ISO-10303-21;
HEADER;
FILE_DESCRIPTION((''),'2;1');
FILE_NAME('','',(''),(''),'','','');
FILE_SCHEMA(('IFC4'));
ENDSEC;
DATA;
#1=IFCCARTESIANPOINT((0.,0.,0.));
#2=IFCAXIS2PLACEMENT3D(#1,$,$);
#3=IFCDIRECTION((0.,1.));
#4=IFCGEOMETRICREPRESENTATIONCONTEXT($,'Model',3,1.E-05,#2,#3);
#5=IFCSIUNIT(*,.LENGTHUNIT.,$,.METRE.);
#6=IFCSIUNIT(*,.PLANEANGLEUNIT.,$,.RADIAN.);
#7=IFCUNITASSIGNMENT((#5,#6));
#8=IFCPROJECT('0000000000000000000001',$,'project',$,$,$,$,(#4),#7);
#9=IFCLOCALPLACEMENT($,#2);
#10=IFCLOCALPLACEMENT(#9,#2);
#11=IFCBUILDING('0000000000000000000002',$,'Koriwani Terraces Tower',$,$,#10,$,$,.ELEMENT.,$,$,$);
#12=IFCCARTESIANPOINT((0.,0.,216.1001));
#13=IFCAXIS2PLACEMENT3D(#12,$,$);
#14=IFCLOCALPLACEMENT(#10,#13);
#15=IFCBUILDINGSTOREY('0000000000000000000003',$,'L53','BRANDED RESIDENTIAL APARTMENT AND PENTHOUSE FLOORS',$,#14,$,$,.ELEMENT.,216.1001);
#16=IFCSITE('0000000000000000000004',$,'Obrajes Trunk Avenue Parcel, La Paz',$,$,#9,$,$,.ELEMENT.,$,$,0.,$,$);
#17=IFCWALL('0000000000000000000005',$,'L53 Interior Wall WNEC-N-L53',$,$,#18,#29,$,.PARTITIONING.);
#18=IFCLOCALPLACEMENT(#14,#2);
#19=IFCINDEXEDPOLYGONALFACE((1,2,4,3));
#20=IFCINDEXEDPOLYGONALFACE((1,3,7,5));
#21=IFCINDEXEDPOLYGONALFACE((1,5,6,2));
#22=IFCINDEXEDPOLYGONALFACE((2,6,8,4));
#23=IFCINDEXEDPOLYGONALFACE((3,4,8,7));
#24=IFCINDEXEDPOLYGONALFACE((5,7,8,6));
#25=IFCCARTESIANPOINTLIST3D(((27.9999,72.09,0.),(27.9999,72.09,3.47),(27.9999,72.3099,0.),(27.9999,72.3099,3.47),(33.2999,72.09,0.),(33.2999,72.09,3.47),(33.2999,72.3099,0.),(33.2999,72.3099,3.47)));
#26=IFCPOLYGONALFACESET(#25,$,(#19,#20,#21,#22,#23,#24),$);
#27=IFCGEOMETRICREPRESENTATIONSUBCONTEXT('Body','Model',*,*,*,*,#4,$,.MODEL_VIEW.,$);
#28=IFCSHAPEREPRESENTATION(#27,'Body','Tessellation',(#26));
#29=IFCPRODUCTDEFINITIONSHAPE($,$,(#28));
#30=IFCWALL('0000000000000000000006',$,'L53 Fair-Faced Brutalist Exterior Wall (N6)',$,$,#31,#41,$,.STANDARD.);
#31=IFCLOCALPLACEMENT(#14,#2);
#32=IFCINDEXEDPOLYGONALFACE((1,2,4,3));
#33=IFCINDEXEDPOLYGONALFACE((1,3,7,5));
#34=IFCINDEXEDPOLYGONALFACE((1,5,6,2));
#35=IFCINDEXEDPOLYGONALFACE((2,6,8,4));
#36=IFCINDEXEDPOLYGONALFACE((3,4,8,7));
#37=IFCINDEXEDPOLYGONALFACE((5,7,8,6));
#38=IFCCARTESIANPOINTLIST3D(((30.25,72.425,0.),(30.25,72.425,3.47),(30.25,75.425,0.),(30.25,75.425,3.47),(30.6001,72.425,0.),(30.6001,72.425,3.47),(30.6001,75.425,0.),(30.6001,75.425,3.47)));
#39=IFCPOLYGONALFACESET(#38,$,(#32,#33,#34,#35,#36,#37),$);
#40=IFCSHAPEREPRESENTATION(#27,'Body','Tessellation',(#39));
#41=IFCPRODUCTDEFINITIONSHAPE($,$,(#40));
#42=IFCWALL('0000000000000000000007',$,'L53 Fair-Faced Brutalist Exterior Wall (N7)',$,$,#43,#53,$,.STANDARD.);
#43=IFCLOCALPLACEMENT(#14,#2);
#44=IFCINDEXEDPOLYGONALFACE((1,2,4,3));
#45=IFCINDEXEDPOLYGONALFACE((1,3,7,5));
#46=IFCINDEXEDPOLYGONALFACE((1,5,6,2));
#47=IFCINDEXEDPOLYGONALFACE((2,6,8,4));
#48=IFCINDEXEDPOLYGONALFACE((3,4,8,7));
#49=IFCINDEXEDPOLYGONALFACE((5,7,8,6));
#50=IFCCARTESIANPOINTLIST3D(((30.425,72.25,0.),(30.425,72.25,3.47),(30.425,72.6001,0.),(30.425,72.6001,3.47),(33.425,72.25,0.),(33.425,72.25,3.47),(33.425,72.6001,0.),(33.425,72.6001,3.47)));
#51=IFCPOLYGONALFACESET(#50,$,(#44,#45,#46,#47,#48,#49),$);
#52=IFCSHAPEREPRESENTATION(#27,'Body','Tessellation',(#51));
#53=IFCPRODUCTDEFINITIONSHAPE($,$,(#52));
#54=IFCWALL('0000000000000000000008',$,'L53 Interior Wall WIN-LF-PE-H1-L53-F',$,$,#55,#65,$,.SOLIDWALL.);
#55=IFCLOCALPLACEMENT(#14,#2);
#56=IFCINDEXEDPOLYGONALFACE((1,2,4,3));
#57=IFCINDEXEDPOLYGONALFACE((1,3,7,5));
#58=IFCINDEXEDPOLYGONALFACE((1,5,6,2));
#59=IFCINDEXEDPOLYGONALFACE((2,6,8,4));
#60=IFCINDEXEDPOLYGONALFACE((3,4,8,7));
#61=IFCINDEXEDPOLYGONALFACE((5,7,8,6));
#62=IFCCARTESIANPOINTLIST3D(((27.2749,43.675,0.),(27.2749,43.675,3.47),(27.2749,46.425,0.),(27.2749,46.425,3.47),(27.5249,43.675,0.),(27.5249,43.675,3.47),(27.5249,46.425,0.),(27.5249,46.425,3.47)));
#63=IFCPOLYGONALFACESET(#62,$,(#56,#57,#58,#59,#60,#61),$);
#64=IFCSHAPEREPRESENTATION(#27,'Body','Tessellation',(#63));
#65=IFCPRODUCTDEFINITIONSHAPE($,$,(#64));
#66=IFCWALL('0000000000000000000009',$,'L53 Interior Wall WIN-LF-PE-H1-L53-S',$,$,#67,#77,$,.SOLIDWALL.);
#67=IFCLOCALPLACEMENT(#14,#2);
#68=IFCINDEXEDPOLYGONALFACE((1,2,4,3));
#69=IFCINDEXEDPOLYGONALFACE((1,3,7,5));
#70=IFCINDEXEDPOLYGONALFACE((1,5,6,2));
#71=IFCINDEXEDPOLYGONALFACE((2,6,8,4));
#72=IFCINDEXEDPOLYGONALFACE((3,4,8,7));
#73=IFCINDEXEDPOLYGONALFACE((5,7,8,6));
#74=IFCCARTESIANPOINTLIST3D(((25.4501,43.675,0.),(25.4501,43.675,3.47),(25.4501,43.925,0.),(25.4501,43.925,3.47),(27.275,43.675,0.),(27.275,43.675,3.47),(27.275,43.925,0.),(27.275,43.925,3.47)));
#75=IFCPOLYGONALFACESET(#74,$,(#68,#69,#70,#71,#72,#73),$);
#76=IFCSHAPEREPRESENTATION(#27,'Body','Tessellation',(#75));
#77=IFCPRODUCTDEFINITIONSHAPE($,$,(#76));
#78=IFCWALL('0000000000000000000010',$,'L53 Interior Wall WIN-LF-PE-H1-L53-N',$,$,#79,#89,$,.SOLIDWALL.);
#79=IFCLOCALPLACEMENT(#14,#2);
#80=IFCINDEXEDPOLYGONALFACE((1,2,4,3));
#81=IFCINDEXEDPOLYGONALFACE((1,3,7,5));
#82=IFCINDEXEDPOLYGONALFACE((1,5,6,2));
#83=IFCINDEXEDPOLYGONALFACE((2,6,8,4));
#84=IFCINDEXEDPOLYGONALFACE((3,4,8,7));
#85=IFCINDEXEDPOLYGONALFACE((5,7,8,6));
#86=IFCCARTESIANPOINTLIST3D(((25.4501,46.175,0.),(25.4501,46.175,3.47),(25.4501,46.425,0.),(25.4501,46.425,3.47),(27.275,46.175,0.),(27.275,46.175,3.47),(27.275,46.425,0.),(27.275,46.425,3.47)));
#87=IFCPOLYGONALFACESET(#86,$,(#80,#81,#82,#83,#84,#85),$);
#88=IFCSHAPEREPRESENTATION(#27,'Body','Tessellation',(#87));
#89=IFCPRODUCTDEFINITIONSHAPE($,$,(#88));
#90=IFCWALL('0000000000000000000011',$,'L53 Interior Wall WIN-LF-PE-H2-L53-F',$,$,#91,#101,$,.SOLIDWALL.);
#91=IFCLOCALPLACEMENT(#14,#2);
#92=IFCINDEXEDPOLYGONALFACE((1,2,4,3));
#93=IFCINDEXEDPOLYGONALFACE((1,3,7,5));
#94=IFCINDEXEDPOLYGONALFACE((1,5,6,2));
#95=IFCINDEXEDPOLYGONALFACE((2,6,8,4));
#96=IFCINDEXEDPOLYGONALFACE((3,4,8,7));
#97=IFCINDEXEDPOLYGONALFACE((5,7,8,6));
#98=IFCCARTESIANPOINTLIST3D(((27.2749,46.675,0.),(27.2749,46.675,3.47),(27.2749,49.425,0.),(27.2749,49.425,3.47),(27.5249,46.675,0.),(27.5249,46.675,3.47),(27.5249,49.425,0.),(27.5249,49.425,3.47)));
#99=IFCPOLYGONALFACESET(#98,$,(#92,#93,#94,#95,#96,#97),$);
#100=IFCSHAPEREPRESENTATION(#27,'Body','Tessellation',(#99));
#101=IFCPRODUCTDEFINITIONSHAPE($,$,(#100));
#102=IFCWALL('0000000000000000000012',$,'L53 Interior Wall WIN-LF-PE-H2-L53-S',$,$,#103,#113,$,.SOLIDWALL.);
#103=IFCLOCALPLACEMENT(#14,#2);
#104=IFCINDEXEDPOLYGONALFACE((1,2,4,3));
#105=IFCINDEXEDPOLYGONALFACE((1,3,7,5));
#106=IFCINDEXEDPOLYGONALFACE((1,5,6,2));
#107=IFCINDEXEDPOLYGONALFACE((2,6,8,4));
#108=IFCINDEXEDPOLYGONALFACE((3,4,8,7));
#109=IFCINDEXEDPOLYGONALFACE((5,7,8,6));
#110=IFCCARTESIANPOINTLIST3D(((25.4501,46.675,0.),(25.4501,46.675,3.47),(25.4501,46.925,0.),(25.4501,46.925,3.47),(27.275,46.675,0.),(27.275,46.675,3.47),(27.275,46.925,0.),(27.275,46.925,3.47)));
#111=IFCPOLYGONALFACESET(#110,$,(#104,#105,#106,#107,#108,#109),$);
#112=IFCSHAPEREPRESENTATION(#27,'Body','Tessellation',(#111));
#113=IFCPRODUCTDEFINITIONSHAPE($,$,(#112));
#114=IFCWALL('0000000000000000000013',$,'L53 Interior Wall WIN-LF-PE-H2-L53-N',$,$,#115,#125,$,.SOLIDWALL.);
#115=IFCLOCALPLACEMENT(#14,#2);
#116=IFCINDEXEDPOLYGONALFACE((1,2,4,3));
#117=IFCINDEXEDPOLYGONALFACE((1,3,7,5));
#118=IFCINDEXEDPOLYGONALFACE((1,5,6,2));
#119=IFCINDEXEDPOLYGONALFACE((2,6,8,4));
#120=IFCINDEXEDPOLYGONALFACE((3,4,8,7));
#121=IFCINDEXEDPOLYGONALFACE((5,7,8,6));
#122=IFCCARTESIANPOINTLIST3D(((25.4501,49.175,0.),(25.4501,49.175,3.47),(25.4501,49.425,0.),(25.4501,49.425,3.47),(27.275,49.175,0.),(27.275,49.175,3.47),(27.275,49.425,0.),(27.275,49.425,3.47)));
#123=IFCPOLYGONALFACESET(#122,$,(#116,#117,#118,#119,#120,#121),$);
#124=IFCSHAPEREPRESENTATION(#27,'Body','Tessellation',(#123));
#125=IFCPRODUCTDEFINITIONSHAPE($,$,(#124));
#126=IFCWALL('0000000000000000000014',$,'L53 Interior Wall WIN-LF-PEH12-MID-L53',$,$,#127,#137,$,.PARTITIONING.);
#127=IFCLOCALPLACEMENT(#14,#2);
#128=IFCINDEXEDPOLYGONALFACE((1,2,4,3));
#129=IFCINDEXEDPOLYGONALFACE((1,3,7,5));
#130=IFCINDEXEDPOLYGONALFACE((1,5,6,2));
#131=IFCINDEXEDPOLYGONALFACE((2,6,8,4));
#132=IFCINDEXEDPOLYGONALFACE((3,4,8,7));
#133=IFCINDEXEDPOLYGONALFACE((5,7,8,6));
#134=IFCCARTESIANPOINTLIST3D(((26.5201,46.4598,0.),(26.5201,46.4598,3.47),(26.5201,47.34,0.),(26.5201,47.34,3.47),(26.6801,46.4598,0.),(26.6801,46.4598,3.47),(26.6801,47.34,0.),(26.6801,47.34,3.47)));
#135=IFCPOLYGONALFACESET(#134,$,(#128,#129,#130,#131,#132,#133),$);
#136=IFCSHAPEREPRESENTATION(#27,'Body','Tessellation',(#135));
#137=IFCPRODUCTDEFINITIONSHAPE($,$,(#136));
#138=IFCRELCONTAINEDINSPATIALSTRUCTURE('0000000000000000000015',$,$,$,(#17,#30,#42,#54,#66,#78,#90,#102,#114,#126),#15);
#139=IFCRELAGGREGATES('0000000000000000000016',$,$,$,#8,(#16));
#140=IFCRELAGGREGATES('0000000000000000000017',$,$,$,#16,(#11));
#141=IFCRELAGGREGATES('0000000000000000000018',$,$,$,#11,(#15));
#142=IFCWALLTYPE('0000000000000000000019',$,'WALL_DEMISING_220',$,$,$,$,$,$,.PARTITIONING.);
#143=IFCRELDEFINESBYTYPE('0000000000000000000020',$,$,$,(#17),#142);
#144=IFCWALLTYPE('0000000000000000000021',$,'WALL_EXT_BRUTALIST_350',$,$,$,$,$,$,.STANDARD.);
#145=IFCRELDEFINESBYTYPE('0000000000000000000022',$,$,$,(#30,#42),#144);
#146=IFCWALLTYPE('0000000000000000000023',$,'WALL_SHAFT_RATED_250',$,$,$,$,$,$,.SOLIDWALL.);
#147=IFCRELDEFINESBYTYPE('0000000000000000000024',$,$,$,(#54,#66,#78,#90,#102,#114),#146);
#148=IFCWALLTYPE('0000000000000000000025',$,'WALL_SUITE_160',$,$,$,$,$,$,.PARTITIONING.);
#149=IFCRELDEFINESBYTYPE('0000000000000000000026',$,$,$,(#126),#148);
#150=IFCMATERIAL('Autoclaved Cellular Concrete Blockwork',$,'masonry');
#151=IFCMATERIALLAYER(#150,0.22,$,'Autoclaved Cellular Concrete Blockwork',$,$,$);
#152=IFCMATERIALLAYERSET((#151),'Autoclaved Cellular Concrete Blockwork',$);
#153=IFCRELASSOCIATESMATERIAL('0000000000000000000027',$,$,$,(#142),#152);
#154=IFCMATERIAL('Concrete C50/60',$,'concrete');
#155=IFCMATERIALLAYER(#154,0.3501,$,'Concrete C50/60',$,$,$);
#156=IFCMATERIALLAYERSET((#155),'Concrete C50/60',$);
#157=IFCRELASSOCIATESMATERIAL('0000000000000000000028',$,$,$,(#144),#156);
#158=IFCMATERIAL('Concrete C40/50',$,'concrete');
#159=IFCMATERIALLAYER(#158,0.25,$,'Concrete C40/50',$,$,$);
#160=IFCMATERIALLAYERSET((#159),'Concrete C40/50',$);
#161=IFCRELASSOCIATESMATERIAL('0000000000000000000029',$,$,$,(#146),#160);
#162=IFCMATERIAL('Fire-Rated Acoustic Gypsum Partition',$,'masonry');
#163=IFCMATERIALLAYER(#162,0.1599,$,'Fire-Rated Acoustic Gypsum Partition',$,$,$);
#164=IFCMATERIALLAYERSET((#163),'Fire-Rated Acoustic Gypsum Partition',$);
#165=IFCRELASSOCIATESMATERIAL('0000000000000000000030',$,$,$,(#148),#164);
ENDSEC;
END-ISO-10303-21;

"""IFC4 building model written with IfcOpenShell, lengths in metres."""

from ifc_helpers import new_model, si_unit, direction, frame, frame_2d, origin, place, context, subcontext, project, spatial, rectangle, extrude, material, layer, layer_set, type_object, element, save


model = new_model("IFC4")

# Units and contexts
model_context = context("Model", 3, precision=1e-05, world=origin(), true_north=direction((0.0, 1.0)))
body_context = subcontext(model_context, "Body", "Model", "MODEL_VIEW")
ifc_project = project(units=[si_unit("LENGTHUNIT", "METRE"), si_unit("PLANEANGLEUNIT", "RADIAN")], contexts=[model_context])

# Site, building, storey
site_placement = place(None, origin())
site = spatial("IfcSite", under=ifc_project, at=site_placement, Name="Obrajes Trunk Avenue Parcel, La Paz", CompositionType="ELEMENT", RefElevation=0.0)
building_placement = place(site_placement, origin())
building = spatial("IfcBuilding", under=site, at=building_placement, Name="Koriwani Terraces Tower", CompositionType="ELEMENT")
storey_placement = place(building_placement, frame((0.0, 0.0, 216.1001)))
storey = spatial("IfcBuildingStorey", under=building, at=storey_placement, Name="L53", Description="BRANDED RESIDENTIAL APARTMENT AND PENTHOUSE FLOORS", CompositionType="ELEMENT", Elevation=216.1001)

# Shared definitions
ifc_material_1 = material(Name="Concrete C50/60", Category="concrete")

# Shared definitions
ifc_material_2 = material(Name="Autoclaved Cellular Concrete Blockwork", Category="masonry")

# Walls
ifc_layer_1 = layer(ifc_material_2, 0.22, Name="Autoclaved Cellular Concrete Blockwork")
ifc_layer_set_1 = layer_set([ifc_layer_1], Name="Autoclaved Cellular Concrete Blockwork")
wall_type_1 = type_object("IfcWallType", Name="WALL_DEMISING_220", PredefinedType="PARTITIONING", material=ifc_layer_set_1)
wall_1_placement = place(storey_placement, frame((28.0, 72.2, 0.0), z_axis=(0.0, 0.0, 1.0), x_axis=(1.0, 0.0, 0.0)))
element("IfcWall", 1, at=wall_1_placement, inside=storey, type_object=wall_type_1, Name="L53 Interior Wall WNEC-N-L53", PredefinedType="PARTITIONING", context=body_context, shape_type="SweptSolid", body=[
    extrude(rectangle(XDim=5.3, YDim=0.22, at=frame_2d((2.6499, 0.0))), origin(), (0.0, 0.0, 1.0), 3.47),
])
ifc_layer_2 = layer(ifc_material_1, 0.3501, Name="Concrete C50/60")
ifc_layer_set_2 = layer_set([ifc_layer_2], Name="Concrete C50/60")
wall_type_2 = type_object("IfcWallType", Name="WALL_EXT_BRUTALIST_350", PredefinedType="STANDARD", material=ifc_layer_set_2)
for number, where, z_axis, x_axis, name in (
    (2, (30.425, 75.425, 0.0), (0.0, 0.0, 1.0), (0.0, -1.0, 0.0), "L53 Fair-Faced Brutalist Exterior Wall (N6)"),
    (3, (30.425, 72.425, 0.0), (0.0, 0.0, 1.0), (1.0, 0.0, 0.0), "L53 Fair-Faced Brutalist Exterior Wall (N7)"),
):
    element("IfcWall", number, at=place(storey_placement, frame(where, z_axis=z_axis, x_axis=x_axis)), inside=storey, type_object=wall_type_2, Name=name, PredefinedType="STANDARD", context=body_context, shape_type="SweptSolid", body=[
        extrude(rectangle(XDim=3.0, YDim=0.3501, at=frame_2d((1.5, 0.0))), origin(), (0.0, 0.0, 1.0), 3.47),
    ])

# Shared definitions
ifc_material_3 = material(Name="Concrete C40/50", Category="concrete")
ifc_layer_3 = layer(ifc_material_3, 0.25, Name="Concrete C40/50")
ifc_layer_set_3 = layer_set([ifc_layer_3], Name="Concrete C40/50")
wall_type_3 = type_object("IfcWallType", Name="WALL_SHAFT_RATED_250", PredefinedType="SOLIDWALL", material=ifc_layer_set_3)

# Walls
wall_2_placement = place(storey_placement, frame((27.3999, 43.675, 0.0), z_axis=(0.0, 0.0, 1.0), x_axis=(0.0, 1.0, 0.0)))
element("IfcWall", 4, at=wall_2_placement, inside=storey, type_object=wall_type_3, Name="L53 Interior Wall WIN-LF-PE-H1-L53-F", PredefinedType="SOLIDWALL", context=body_context, shape_type="SweptSolid", body=[
    extrude(rectangle(XDim=2.75, YDim=0.25, at=frame_2d((1.375, 0.0))), origin(), (0.0, 0.0, 1.0), 3.47),
])
for number, where, z_axis, x_axis, name in (
    (5, (25.45, 43.8, 0.0), (0.0, 0.0, 1.0), (1.0, 0.0, 0.0), "L53 Interior Wall WIN-LF-PE-H1-L53-S"),
    (6, (25.45, 46.3, 0.0), (0.0, 0.0, 1.0), (1.0, 0.0, 0.0), "L53 Interior Wall WIN-LF-PE-H1-L53-N"),
):
    element("IfcWall", number, at=place(storey_placement, frame(where, z_axis=z_axis, x_axis=x_axis)), inside=storey, type_object=wall_type_3, Name=name, PredefinedType="SOLIDWALL", context=body_context, shape_type="SweptSolid", body=[
        extrude(rectangle(XDim=1.825, YDim=0.25, at=frame_2d((0.9126, 0.0))), origin(), (0.0, 0.0, 1.0), 3.47),
    ])
wall_3_placement = place(storey_placement, frame((27.3999, 46.675, 0.0), z_axis=(0.0, 0.0, 1.0), x_axis=(0.0, 1.0, 0.0)))
element("IfcWall", 7, at=wall_3_placement, inside=storey, type_object=wall_type_3, Name="L53 Interior Wall WIN-LF-PE-H2-L53-F", PredefinedType="SOLIDWALL", context=body_context, shape_type="SweptSolid", body=[
    extrude(rectangle(XDim=2.75, YDim=0.25, at=frame_2d((1.375, 0.0))), origin(), (0.0, 0.0, 1.0), 3.47),
])
for number, where, z_axis, x_axis, name in (
    (8, (25.45, 46.8, 0.0), (0.0, 0.0, 1.0), (1.0, 0.0, 0.0), "L53 Interior Wall WIN-LF-PE-H2-L53-S"),
    (9, (25.45, 49.3, 0.0), (0.0, 0.0, 1.0), (1.0, 0.0, 0.0), "L53 Interior Wall WIN-LF-PE-H2-L53-N"),
):
    element("IfcWall", number, at=place(storey_placement, frame(where, z_axis=z_axis, x_axis=x_axis)), inside=storey, type_object=wall_type_3, Name=name, PredefinedType="SOLIDWALL", context=body_context, shape_type="SweptSolid", body=[
        extrude(rectangle(XDim=1.825, YDim=0.25, at=frame_2d((0.9126, 0.0))), origin(), (0.0, 0.0, 1.0), 3.47),
    ])
ifc_material_4 = material(Name="Fire-Rated Acoustic Gypsum Partition", Category="masonry")
ifc_layer_4 = layer(ifc_material_4, 0.1599, Name="Fire-Rated Acoustic Gypsum Partition")
ifc_layer_set_4 = layer_set([ifc_layer_4], Name="Fire-Rated Acoustic Gypsum Partition")
wall_type_4 = type_object("IfcWallType", Name="WALL_SUITE_160", PredefinedType="PARTITIONING", material=ifc_layer_set_4)
wall_4_placement = place(storey_placement, frame((26.6001, 46.46, 0.0), z_axis=(0.0, 0.0, 1.0), x_axis=(0.0, 1.0, 0.0)))
element("IfcWall", 10, at=wall_4_placement, inside=storey, type_object=wall_type_4, Name="L53 Interior Wall WIN-LF-PEH12-MID-L53", PredefinedType="PARTITIONING", context=body_context, shape_type="SweptSolid", body=[
    extrude(rectangle(XDim=0.8801, YDim=0.1599, at=frame_2d((0.4399, 0.0))), origin(), (0.0, 0.0, 1.0), 3.47),
])

save(model, "model.ifc")
